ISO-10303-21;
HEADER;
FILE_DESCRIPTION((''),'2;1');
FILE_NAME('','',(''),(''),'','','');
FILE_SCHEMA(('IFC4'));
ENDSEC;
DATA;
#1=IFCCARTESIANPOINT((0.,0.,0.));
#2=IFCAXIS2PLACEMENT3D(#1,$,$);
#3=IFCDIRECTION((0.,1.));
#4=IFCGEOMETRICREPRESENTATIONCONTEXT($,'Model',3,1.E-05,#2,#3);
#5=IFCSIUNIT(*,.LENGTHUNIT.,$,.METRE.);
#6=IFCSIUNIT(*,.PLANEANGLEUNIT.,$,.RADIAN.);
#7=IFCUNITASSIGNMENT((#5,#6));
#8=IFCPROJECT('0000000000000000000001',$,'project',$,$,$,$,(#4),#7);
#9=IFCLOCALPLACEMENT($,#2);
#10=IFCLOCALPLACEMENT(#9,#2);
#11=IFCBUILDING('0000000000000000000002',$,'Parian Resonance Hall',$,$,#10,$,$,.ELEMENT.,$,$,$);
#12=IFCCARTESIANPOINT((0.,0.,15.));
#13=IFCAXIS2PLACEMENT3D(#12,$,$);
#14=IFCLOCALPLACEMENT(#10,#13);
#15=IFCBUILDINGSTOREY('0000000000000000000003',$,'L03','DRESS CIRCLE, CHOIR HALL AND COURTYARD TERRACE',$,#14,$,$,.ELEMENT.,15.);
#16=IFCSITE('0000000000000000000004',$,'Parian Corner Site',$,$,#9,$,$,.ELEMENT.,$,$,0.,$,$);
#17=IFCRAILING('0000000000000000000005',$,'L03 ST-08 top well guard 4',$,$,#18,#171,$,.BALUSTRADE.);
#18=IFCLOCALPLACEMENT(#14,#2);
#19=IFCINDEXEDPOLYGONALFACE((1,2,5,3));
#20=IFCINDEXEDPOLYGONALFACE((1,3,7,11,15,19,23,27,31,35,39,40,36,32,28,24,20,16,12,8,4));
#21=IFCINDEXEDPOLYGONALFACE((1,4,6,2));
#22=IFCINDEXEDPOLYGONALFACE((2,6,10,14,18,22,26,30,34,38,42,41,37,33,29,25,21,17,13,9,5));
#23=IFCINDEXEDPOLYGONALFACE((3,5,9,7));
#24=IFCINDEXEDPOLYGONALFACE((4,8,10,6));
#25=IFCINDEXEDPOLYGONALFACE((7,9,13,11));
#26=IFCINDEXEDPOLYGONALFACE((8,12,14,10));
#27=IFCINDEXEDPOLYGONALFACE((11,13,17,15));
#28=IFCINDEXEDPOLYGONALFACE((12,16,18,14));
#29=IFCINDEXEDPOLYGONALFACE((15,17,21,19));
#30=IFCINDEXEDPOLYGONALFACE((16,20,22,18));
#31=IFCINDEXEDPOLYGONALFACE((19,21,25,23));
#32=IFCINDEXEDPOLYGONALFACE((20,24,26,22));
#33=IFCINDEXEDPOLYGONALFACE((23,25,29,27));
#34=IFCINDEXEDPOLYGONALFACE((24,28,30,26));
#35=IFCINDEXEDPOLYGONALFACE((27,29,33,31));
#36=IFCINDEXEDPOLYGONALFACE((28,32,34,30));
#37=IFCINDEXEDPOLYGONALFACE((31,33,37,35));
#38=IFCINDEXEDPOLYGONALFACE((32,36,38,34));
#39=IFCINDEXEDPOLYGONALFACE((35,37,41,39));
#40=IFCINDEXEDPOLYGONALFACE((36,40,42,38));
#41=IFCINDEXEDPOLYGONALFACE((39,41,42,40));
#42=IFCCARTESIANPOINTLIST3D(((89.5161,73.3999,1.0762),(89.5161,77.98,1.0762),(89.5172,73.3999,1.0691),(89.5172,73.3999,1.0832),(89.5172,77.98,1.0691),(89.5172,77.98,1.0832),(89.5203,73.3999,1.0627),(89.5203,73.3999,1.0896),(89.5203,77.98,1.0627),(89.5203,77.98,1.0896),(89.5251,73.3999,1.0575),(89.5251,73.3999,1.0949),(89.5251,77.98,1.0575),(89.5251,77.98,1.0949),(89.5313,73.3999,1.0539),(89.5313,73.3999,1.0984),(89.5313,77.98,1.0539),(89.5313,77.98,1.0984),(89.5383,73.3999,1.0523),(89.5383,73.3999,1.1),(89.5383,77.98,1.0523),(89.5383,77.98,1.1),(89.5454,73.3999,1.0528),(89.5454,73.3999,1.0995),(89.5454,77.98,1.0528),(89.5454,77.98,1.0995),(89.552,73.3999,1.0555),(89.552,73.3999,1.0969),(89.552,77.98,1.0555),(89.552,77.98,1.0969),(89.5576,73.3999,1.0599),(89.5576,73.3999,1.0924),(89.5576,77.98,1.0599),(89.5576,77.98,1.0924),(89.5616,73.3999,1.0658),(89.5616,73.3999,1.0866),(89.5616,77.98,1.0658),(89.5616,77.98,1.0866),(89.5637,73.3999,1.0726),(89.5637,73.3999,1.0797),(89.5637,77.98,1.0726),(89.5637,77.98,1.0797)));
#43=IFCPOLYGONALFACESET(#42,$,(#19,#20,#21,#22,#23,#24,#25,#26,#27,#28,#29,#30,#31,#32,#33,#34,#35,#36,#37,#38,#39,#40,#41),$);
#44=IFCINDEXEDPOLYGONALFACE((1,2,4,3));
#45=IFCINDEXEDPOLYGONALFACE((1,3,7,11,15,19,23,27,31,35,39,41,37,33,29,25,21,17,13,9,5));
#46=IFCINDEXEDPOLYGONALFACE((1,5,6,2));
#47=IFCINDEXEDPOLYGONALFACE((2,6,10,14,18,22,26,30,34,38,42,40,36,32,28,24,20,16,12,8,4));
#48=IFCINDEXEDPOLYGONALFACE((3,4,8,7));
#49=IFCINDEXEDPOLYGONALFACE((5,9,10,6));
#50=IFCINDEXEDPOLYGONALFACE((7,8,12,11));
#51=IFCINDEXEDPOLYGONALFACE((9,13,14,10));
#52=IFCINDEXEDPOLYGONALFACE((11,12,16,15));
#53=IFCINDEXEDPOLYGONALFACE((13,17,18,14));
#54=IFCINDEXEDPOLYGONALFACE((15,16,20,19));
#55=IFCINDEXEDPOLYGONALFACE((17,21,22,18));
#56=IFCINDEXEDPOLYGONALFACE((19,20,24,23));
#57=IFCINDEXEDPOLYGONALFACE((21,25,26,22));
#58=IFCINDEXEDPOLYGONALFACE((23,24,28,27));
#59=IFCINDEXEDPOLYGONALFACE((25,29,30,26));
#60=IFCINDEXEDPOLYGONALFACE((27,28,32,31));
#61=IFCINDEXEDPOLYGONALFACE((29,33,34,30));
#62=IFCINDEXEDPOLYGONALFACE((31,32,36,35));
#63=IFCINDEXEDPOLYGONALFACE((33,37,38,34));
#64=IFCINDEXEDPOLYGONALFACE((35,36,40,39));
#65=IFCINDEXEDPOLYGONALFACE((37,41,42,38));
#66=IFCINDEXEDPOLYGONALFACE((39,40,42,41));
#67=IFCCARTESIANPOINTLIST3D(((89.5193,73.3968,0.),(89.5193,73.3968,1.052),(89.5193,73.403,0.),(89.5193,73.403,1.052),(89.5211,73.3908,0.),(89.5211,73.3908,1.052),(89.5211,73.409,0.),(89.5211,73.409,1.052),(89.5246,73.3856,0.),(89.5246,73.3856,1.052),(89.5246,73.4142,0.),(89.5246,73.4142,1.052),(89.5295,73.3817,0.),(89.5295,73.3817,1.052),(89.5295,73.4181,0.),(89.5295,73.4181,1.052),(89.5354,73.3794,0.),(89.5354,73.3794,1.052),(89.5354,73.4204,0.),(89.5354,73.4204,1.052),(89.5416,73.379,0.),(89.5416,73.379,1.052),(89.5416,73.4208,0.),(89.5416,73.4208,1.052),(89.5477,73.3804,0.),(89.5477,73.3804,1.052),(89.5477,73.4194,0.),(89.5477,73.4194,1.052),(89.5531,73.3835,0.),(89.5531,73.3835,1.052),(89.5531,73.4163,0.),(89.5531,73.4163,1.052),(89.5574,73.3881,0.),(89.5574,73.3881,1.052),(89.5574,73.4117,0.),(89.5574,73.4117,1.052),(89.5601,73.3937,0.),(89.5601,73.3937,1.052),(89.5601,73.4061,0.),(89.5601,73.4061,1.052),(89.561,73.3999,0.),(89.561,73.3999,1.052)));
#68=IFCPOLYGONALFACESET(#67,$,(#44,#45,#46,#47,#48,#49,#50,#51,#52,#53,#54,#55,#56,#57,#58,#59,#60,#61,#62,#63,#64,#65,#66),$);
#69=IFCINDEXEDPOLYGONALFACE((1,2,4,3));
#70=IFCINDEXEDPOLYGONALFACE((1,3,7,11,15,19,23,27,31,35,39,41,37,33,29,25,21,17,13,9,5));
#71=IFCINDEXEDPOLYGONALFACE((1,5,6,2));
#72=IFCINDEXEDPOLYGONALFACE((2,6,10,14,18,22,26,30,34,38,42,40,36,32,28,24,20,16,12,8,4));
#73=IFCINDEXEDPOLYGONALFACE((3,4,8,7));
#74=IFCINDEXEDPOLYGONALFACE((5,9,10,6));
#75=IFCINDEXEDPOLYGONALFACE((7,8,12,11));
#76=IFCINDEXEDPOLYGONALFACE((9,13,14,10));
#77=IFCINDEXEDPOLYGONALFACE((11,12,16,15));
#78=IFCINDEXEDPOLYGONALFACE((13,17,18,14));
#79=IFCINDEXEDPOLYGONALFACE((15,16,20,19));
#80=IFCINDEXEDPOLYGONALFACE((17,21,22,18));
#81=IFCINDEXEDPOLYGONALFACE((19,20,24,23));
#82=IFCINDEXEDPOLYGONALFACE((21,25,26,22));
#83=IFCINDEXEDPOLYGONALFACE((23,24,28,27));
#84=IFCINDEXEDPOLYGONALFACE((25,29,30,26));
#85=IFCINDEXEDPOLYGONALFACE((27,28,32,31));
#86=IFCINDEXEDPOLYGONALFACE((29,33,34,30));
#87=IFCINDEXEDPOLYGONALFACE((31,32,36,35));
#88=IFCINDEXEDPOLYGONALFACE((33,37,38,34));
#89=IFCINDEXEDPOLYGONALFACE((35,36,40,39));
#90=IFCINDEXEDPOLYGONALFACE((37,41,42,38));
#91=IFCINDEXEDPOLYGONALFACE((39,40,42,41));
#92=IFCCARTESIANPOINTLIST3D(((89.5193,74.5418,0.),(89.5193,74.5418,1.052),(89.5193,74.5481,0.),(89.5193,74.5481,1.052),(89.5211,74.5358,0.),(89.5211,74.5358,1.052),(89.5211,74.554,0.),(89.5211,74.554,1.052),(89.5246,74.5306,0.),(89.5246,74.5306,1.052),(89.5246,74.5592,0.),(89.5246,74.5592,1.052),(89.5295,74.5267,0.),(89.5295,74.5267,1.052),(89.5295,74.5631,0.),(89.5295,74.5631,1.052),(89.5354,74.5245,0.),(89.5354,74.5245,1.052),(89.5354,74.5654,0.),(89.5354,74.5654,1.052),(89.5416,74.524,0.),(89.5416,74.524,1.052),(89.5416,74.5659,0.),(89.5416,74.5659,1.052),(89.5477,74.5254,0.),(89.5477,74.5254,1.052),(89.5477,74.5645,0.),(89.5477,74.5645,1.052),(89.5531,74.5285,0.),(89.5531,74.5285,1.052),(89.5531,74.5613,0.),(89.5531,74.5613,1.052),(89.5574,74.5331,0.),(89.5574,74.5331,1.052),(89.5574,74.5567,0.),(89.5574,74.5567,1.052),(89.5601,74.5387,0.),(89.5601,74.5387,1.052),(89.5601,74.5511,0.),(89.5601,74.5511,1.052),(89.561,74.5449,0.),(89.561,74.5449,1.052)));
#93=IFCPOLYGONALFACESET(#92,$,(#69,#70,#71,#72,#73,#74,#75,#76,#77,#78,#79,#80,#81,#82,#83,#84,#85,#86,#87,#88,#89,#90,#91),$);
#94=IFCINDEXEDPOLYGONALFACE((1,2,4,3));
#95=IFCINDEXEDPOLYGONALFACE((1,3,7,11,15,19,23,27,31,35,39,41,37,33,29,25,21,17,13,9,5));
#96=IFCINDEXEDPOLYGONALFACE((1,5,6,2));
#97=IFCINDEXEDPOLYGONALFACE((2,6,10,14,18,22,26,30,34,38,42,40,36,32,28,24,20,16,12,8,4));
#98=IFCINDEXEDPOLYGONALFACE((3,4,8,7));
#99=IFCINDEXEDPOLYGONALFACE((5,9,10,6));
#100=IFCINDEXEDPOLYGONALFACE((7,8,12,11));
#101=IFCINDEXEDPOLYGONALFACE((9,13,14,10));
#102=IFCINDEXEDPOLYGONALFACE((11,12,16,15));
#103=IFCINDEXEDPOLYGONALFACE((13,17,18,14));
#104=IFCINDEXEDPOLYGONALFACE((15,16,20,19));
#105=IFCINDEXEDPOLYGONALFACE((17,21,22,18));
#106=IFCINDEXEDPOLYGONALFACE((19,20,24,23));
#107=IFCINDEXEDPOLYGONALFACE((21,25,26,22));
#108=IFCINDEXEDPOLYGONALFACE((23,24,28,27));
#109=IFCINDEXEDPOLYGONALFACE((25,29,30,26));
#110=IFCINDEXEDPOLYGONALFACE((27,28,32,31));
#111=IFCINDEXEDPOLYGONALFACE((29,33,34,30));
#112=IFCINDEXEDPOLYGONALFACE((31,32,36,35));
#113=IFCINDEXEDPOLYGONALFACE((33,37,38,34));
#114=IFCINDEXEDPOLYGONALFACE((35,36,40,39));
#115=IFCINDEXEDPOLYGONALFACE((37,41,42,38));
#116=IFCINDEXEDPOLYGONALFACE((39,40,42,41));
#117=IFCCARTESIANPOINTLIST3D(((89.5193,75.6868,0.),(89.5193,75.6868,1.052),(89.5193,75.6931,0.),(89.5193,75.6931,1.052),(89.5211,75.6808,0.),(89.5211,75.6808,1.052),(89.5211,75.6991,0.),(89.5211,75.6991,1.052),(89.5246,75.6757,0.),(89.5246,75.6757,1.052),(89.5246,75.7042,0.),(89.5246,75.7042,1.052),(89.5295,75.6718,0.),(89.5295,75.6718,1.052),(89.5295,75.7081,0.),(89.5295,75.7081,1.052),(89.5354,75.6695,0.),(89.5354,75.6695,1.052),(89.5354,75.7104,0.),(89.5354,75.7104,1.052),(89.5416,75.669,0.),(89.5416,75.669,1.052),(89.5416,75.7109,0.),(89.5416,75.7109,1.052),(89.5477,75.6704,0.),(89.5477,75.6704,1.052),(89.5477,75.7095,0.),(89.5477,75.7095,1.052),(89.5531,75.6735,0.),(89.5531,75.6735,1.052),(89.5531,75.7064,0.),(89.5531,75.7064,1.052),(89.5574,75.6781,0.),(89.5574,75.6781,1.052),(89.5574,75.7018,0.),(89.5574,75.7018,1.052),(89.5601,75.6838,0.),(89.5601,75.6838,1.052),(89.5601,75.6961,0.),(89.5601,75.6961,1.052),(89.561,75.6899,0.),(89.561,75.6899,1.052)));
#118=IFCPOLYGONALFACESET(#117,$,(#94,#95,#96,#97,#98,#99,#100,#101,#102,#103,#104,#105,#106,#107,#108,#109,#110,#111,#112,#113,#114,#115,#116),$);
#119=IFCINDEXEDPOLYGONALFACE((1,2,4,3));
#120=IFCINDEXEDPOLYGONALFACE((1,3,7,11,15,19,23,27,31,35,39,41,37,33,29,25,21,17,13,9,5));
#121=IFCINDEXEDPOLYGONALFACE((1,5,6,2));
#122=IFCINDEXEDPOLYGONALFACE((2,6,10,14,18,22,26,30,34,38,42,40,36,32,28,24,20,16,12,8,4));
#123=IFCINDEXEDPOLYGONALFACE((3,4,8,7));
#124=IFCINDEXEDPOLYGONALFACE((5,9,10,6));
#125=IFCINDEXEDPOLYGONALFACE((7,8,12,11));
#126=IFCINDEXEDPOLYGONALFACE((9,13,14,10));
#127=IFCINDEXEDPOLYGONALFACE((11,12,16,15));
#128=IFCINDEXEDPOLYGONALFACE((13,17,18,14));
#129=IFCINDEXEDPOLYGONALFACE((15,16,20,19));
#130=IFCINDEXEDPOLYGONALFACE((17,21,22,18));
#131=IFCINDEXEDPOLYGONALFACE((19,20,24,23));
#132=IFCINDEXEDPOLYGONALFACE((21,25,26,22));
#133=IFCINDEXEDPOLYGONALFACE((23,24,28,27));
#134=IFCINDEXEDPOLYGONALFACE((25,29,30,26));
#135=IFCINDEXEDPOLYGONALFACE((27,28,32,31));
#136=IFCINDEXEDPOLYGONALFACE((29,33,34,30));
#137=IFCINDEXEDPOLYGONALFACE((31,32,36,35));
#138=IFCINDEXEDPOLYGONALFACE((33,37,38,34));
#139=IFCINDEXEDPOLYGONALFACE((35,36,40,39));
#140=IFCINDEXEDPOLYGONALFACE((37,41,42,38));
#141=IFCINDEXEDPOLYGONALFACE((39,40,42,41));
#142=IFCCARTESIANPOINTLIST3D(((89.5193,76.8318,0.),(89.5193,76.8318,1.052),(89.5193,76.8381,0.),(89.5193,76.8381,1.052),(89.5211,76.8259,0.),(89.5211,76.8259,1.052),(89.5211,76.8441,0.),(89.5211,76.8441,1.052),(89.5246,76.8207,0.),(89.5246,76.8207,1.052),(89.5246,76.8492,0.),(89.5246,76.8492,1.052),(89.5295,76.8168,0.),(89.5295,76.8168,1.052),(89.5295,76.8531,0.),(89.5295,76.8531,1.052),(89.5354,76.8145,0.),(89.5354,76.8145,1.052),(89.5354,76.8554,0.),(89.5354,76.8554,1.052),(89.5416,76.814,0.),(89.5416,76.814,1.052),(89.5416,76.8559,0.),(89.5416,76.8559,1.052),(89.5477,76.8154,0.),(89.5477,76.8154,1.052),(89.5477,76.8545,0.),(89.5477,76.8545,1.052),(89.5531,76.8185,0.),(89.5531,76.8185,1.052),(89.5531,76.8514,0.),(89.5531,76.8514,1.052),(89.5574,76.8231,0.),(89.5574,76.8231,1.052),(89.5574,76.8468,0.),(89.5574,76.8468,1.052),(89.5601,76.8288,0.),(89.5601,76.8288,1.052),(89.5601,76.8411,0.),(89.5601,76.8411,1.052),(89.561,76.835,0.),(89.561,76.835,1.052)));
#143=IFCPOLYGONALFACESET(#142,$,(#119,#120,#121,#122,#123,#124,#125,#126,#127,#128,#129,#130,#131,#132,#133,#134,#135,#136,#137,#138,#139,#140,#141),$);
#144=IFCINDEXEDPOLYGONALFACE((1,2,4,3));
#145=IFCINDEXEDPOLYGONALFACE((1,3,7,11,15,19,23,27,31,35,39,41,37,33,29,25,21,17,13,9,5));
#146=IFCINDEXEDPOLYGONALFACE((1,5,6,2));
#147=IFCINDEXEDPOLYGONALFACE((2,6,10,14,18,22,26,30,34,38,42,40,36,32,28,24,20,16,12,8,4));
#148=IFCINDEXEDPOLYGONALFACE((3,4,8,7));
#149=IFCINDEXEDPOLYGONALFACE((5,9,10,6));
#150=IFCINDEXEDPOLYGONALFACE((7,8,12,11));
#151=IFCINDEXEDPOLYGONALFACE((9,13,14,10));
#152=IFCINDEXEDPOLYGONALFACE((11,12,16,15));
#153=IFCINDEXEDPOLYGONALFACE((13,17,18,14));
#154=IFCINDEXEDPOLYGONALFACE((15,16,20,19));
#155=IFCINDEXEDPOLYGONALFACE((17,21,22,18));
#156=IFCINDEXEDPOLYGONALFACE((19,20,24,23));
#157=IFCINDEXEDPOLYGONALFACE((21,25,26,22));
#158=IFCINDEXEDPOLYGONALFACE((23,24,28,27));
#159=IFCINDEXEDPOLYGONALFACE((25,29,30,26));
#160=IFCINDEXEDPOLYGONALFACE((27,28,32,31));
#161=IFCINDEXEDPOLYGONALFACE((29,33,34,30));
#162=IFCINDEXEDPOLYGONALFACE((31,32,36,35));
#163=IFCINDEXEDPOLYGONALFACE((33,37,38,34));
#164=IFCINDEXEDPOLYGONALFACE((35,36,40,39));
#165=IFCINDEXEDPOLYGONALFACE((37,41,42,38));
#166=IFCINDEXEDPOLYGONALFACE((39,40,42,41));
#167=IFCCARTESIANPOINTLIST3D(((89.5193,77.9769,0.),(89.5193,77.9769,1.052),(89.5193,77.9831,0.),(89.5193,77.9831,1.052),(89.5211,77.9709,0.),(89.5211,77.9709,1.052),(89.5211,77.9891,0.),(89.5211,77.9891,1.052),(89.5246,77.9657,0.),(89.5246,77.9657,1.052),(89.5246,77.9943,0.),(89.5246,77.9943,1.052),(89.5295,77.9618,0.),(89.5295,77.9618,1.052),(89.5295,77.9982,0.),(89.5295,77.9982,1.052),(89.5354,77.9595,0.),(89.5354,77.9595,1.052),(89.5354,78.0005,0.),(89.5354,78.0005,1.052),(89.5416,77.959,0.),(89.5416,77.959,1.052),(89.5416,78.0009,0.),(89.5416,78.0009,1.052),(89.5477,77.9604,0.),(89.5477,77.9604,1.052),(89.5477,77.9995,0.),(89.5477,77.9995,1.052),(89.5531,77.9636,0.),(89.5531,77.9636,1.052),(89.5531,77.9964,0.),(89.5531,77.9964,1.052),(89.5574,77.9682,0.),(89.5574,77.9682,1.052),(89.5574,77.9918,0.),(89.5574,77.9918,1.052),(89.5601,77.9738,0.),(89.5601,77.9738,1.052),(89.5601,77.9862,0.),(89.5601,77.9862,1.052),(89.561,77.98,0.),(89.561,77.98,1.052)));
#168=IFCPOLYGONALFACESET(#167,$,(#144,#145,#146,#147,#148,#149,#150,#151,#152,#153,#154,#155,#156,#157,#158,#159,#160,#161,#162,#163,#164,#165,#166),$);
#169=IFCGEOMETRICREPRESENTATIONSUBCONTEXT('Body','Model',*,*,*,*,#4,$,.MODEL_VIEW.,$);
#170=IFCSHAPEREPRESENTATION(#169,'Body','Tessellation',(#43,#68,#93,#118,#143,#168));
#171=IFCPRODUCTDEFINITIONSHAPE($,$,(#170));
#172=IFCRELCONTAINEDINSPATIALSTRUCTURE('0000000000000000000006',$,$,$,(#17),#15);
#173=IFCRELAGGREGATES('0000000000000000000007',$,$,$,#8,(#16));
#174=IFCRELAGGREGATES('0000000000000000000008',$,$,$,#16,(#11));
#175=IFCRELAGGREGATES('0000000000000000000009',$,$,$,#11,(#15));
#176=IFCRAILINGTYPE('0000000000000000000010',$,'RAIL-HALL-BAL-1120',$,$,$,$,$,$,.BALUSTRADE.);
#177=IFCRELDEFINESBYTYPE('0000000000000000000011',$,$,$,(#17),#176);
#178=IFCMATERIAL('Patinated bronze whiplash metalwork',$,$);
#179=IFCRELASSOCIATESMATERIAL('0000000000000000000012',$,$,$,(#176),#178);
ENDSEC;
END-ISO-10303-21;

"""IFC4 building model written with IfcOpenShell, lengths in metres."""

from ifc_helpers import new_model, si_unit, direction, frame, origin, origin_2d, place, context, subcontext, project, spatial, circle, extrude, material, type_object, element, save


model = new_model("IFC4")

# Units and contexts
model_context = context("Model", 3, precision=1e-05, world=origin(), true_north=direction((0.0, 1.0)))
body_context = subcontext(model_context, "Body", "Model", "MODEL_VIEW")
ifc_project = project(units=[si_unit("LENGTHUNIT", "METRE"), si_unit("PLANEANGLEUNIT", "RADIAN")], contexts=[model_context])

# Site, building, storey
site_placement = place(None, origin())
site = spatial("IfcSite", under=ifc_project, at=site_placement, Name="Parian Corner Site", CompositionType="ELEMENT", RefElevation=0.0)
building_placement = place(site_placement, origin())
building = spatial("IfcBuilding", under=site, at=building_placement, Name="Parian Resonance Hall", CompositionType="ELEMENT")
storey_placement = place(building_placement, frame((0.0, 0.0, 15.0)))
storey = spatial("IfcBuildingStorey", under=building, at=storey_placement, Name="L03", Description="DRESS CIRCLE, CHOIR HALL AND COURTYARD TERRACE", CompositionType="ELEMENT", Elevation=15.0)

# Railing
ifc_material_1 = material(Name="Patinated bronze whiplash metalwork")
railing_type_1 = type_object("IfcRailingType", Name="RAIL-HALL-BAL-1120", PredefinedType="BALUSTRADE", material=ifc_material_1)
railing_1_placement = place(storey_placement, frame((89.54, 73.3999, 0.0)))
element("IfcRailing", 1, at=railing_1_placement, inside=storey, type_object=railing_type_1, Name="L03 ST-08 top well guard 4", PredefinedType="BALUSTRADE", context=body_context, shape_type="SweptSolid", body=[
    extrude(circle(Radius=0.0239, at=origin_2d()), frame((0.0, 0.0, 1.0762), z_axis=(0.0, 1.0, 0.0), x_axis=(-1.0, 0.0, 0.0)), (0.0, 0.0, 1.0), 4.5801),
    extrude(circle(Radius=0.021, at=origin_2d()), origin(), (0.0, 0.0, 1.0), 1.052),
    extrude(circle(Radius=0.021, at=origin_2d()), frame((0.0, 1.145, 0.0)), (0.0, 0.0, 1.0), 1.052),
    extrude(circle(Radius=0.021, at=origin_2d()), frame((0.0, 2.29, 0.0)), (0.0, 0.0, 1.0), 1.052),
    extrude(circle(Radius=0.021, at=origin_2d()), frame((0.0, 3.4351, 0.0)), (0.0, 0.0, 1.0), 1.052),
    extrude(circle(Radius=0.021, at=origin_2d()), frame((0.0, 4.5801, 0.0)), (0.0, 0.0, 1.0), 1.052),
])

save(model, "model.ifc")
